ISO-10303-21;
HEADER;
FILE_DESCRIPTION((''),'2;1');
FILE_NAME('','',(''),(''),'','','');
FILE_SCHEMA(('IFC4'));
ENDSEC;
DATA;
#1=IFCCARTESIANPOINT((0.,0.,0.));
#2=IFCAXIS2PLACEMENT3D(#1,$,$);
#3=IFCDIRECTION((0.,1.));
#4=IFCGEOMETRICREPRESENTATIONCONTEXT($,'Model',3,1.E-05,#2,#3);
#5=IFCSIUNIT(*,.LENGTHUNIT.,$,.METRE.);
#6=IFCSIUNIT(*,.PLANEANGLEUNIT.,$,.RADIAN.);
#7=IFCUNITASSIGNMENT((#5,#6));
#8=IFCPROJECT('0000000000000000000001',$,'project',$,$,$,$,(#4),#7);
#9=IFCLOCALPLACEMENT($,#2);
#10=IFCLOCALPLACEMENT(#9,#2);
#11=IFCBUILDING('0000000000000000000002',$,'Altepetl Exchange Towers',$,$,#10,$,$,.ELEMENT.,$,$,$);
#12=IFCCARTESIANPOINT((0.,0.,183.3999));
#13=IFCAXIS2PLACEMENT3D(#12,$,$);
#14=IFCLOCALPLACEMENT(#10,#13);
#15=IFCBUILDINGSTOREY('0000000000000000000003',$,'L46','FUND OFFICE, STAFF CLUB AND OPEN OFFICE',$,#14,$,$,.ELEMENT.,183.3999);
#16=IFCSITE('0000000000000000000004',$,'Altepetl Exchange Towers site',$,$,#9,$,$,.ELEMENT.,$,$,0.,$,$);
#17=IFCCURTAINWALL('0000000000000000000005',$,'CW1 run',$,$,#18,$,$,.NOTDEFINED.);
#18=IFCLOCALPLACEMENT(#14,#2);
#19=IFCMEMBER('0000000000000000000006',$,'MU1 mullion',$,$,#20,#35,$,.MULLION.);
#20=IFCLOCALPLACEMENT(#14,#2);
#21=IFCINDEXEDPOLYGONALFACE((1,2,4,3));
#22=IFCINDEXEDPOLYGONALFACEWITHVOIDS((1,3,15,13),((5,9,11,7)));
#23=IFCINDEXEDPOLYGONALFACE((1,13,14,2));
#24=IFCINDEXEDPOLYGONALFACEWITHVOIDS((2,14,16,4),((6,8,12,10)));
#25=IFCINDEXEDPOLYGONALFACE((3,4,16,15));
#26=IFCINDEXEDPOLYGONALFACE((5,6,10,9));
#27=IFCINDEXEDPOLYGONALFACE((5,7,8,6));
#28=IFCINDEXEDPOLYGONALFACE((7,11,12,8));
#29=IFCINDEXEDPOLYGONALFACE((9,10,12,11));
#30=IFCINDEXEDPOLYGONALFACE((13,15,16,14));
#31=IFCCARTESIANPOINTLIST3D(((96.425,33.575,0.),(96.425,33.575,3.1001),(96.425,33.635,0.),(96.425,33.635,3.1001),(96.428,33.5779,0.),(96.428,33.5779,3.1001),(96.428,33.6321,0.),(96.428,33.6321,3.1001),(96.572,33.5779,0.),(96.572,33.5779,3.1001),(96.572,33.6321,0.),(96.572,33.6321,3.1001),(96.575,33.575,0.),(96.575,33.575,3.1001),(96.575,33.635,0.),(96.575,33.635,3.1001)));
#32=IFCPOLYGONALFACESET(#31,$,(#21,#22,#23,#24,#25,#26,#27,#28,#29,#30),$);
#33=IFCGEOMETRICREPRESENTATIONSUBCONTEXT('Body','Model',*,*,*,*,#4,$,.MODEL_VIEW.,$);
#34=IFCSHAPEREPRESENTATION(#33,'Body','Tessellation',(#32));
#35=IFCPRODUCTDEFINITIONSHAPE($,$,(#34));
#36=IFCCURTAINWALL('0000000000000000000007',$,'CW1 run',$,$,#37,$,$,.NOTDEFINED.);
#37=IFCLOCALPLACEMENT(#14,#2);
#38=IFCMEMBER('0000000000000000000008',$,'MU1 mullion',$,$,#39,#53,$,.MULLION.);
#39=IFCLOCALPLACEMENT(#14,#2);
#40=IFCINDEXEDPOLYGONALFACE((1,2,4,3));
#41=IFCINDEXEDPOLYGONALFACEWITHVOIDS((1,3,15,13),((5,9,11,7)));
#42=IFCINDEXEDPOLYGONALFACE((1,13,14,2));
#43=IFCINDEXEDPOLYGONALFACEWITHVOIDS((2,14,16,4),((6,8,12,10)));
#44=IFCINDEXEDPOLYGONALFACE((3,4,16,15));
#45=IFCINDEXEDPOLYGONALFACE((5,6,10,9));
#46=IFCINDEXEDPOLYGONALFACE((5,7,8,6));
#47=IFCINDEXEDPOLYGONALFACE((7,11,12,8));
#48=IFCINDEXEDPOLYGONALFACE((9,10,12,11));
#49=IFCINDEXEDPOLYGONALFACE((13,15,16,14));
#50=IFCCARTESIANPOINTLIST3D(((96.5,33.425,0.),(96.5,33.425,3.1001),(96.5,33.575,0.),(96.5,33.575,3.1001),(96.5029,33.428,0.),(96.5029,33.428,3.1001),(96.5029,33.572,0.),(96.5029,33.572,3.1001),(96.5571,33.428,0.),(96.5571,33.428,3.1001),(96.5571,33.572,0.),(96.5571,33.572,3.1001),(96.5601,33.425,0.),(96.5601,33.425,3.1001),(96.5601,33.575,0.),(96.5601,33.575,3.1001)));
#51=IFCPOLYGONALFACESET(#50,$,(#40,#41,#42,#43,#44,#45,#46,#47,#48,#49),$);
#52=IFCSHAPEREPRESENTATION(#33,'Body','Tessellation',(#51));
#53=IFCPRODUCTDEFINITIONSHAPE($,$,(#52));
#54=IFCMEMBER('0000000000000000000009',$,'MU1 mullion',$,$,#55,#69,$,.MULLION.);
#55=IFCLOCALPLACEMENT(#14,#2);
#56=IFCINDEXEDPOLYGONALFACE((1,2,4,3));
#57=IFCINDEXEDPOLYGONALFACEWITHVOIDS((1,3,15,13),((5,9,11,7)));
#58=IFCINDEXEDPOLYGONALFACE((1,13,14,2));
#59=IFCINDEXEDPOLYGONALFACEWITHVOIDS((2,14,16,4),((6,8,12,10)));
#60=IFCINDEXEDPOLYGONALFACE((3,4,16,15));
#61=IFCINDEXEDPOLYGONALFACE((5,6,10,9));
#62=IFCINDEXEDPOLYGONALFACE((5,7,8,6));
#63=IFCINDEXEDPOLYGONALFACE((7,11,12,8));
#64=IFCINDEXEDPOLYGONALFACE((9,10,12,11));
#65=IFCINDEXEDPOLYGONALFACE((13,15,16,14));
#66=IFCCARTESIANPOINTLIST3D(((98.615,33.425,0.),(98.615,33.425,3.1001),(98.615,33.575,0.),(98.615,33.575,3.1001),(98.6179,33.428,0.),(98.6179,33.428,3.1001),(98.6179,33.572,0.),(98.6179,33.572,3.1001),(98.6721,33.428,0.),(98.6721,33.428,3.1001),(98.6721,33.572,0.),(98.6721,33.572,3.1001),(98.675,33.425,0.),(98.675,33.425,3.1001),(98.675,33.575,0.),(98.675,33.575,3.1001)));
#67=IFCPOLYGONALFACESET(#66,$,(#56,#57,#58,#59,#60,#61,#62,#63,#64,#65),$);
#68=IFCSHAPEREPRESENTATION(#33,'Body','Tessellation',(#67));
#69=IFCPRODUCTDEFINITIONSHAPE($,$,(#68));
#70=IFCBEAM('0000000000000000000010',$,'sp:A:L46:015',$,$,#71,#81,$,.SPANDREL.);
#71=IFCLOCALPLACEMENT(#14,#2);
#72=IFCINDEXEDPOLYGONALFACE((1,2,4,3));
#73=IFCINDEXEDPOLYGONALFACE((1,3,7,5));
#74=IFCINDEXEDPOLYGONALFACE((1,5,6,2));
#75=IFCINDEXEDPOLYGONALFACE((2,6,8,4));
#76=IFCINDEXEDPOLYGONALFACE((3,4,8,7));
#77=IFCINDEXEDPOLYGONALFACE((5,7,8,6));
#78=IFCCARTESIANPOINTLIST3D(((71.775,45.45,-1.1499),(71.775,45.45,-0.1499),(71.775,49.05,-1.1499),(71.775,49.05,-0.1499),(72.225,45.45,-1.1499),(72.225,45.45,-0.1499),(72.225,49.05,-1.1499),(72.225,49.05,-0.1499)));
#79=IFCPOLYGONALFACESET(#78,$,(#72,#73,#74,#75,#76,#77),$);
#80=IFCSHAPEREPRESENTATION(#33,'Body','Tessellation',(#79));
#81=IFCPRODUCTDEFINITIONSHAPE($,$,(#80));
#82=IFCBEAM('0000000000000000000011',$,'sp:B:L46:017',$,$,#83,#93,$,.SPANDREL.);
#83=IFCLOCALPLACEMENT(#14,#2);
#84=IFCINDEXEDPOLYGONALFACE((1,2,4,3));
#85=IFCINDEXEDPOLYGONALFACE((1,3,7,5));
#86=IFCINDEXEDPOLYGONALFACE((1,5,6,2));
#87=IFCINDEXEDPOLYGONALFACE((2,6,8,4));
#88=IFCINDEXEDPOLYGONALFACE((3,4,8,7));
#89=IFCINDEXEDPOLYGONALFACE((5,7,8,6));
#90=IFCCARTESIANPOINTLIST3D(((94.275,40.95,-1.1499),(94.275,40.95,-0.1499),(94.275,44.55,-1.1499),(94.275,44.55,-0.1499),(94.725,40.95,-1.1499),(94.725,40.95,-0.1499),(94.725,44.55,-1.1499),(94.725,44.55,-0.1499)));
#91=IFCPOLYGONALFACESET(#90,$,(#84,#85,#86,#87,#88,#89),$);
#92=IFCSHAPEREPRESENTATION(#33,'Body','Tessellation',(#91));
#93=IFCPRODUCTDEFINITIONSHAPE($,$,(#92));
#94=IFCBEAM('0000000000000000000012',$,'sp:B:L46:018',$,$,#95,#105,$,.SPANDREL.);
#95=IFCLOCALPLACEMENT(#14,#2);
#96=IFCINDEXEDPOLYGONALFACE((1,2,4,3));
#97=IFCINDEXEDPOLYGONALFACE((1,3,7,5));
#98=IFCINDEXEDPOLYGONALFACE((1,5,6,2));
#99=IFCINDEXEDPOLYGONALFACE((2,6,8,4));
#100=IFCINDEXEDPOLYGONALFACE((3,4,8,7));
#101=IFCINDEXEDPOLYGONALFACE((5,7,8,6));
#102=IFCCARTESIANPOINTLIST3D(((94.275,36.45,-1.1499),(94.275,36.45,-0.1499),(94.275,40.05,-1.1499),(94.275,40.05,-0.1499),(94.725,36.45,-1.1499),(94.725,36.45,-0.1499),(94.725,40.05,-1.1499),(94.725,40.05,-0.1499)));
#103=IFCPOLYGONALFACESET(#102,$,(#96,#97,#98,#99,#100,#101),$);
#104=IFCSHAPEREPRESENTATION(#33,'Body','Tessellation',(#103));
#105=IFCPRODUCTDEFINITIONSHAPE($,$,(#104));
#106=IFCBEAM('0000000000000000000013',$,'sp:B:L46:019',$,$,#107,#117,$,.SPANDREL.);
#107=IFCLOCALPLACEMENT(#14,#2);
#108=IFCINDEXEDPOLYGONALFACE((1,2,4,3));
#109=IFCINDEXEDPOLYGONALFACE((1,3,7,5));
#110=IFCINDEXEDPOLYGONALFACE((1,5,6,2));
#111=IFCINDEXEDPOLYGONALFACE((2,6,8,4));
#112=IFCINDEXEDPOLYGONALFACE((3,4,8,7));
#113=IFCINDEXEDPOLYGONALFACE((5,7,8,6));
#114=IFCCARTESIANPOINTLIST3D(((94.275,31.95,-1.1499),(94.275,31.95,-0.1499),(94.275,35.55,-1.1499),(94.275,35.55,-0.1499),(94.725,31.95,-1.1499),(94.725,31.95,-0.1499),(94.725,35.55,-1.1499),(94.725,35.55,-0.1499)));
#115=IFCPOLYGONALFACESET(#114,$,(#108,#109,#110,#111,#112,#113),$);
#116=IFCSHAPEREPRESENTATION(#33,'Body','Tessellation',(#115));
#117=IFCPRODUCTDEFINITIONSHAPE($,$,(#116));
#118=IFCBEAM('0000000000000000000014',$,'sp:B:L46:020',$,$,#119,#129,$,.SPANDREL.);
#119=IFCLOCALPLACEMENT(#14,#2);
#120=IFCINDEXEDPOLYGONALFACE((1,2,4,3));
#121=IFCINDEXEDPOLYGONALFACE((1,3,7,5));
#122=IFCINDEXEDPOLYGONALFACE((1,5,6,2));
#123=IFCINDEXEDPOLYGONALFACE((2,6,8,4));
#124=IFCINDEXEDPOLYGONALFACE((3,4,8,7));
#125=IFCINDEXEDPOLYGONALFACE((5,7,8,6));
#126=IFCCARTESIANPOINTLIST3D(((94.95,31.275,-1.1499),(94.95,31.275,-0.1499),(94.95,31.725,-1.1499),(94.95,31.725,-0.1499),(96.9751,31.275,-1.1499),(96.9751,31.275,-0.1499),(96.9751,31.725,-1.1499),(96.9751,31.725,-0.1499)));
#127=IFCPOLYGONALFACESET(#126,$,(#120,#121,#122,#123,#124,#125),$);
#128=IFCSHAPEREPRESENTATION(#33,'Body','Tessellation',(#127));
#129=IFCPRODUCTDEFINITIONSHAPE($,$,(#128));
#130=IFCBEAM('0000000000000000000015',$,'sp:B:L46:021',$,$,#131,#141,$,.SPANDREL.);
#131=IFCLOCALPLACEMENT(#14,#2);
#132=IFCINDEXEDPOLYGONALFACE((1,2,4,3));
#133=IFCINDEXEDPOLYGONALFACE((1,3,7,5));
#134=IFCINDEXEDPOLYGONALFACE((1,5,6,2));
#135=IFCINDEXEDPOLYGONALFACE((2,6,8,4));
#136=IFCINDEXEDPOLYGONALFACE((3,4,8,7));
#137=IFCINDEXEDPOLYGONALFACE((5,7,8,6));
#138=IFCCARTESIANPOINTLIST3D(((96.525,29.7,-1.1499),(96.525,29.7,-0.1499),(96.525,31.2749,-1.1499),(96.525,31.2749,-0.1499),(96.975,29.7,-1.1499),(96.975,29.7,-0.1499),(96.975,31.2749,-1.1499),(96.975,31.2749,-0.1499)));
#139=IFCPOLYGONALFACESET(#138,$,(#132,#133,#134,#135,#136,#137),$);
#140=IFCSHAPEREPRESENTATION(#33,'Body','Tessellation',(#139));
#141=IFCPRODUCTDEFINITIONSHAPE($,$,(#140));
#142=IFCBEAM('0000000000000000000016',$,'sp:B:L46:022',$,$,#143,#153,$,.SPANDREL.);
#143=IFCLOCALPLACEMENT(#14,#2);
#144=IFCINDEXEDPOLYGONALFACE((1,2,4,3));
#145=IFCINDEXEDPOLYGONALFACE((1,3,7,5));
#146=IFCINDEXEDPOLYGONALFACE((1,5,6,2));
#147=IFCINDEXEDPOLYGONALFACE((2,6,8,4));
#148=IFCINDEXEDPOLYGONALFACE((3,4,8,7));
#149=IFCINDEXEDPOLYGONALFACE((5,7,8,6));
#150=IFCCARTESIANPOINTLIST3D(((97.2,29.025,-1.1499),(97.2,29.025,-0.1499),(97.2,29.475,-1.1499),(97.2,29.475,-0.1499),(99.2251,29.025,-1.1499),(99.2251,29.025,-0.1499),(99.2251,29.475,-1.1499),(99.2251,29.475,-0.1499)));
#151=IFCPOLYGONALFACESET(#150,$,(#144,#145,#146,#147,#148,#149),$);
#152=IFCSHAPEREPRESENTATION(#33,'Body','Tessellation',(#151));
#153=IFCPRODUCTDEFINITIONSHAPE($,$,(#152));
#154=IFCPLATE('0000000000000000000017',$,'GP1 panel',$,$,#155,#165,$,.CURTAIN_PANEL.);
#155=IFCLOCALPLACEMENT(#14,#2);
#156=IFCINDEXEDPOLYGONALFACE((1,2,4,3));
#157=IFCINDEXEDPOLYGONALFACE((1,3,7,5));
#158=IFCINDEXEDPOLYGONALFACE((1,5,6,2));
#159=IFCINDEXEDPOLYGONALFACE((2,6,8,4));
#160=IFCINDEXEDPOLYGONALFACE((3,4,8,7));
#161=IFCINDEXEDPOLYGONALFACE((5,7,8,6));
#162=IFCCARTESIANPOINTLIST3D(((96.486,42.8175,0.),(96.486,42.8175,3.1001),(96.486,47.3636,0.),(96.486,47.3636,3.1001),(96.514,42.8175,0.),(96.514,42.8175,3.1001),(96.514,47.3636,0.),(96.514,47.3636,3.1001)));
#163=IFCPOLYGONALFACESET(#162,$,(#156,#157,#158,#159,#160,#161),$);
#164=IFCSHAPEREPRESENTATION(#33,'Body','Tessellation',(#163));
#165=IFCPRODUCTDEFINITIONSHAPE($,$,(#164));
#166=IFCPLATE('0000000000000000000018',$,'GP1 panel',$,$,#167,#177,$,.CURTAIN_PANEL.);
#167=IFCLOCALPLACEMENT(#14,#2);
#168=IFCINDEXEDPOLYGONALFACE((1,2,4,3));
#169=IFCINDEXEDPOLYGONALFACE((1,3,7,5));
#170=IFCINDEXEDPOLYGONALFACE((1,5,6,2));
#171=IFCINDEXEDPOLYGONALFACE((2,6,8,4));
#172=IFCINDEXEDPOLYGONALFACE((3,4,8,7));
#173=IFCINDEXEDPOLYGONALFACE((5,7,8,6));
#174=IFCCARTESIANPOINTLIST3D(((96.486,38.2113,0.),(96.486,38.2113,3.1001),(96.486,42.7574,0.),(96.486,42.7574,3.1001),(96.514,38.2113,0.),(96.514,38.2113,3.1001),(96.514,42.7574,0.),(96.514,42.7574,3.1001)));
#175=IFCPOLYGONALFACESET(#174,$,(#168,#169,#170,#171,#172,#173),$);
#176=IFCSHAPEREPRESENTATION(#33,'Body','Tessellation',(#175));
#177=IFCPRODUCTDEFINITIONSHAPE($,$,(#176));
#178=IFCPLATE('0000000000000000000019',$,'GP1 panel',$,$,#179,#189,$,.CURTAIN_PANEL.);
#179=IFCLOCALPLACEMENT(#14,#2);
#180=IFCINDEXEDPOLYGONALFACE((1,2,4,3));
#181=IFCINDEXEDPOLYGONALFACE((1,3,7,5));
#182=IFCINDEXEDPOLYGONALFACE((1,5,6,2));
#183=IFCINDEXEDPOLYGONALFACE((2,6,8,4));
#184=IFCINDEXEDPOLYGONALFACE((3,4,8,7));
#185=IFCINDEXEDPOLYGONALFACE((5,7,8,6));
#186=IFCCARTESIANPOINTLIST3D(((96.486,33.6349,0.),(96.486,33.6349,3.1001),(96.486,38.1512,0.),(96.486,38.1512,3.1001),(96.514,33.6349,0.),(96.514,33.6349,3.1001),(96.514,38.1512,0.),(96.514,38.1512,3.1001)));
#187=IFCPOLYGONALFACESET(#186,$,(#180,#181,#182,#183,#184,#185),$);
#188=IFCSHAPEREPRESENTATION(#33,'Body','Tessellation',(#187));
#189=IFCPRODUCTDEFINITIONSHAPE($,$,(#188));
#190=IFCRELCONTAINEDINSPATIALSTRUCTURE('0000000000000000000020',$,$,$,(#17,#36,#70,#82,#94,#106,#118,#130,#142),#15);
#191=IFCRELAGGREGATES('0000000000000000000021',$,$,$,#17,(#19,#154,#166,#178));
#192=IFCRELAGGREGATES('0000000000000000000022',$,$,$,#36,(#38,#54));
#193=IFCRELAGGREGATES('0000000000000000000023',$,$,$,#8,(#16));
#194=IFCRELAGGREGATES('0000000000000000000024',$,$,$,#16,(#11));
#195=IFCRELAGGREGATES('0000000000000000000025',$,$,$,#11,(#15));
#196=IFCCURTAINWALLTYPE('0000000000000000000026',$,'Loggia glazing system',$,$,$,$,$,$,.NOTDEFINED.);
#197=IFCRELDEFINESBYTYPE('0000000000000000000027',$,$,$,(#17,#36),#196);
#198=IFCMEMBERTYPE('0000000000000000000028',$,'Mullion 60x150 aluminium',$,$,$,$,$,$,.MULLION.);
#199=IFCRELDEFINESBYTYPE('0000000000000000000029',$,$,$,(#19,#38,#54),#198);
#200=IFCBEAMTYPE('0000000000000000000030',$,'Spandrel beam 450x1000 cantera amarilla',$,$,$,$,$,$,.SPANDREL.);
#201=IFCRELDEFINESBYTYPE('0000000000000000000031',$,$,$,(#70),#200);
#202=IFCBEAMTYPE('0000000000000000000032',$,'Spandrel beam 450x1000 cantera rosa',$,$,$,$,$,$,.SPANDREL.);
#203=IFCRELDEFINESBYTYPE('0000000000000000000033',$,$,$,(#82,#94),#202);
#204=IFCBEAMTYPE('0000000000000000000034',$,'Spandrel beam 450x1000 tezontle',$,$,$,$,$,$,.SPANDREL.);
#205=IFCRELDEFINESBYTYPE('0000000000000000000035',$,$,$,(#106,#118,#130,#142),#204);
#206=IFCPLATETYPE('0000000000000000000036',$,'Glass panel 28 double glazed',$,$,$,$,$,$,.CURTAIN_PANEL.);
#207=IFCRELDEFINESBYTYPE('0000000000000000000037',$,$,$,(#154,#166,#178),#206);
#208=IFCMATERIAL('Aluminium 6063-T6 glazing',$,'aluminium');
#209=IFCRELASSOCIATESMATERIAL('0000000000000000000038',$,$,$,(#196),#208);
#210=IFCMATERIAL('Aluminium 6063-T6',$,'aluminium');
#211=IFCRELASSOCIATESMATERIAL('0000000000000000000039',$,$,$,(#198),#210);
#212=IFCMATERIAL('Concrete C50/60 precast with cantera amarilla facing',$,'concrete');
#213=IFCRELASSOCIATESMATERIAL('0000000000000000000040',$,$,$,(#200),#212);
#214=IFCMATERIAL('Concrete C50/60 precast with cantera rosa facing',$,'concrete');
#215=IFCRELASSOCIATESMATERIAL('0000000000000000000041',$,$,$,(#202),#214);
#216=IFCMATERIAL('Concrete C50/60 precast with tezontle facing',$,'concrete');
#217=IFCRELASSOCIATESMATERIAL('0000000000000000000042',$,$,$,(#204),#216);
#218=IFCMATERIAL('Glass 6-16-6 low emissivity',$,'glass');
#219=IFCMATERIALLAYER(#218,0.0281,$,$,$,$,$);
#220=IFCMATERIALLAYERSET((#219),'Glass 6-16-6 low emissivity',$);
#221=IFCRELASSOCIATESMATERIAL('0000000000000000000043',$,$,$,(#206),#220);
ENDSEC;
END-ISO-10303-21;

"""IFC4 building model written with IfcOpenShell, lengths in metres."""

from ifc_helpers import new_model, si_unit, direction, frame, origin, origin_2d, place, context, subcontext, project, spatial, rectangle, hollow_rectangle, extrude, material, layer, layer_set, material_profile, profile_set, type_object, element, aggregate, save


model = new_model("IFC4")

# Units and contexts
model_context = context("Model", 3, precision=1e-05, world=origin(), true_north=direction((0.0, 1.0)))
body_context = subcontext(model_context, "Body", "Model", "MODEL_VIEW")
ifc_project = project(units=[si_unit("LENGTHUNIT", "METRE"), si_unit("PLANEANGLEUNIT", "RADIAN")], contexts=[model_context])

# Site, building, storey
site_placement = place(None, origin())
site = spatial("IfcSite", under=ifc_project, at=site_placement, Name="Altepetl Exchange Towers site", CompositionType="ELEMENT", RefElevation=0.0)
building_placement = place(site_placement, origin())
building = spatial("IfcBuilding", under=site, at=building_placement, Name="Altepetl Exchange Towers", CompositionType="ELEMENT")
storey_placement = place(building_placement, frame((0.0, 0.0, 183.3999)))
storey = spatial("IfcBuildingStorey", under=building, at=storey_placement, Name="L46", Description="FUND OFFICE, STAFF CLUB AND OPEN OFFICE", CompositionType="ELEMENT", Elevation=183.3999)

# Curtain walls, members
ifc_material_1 = material(Name="Aluminium 6063-T6 glazing", Category="aluminium")
curtain_wall_type = type_object("IfcCurtainWallType", Name="Loggia glazing system", PredefinedType="NOTDEFINED", material=ifc_material_1)
curtain_wall_1_placement = place(storey_placement, origin())
curtain_wall_1 = element("IfcCurtainWall", 1, at=curtain_wall_1_placement, inside=storey, type_object=curtain_wall_type, Name="CW1 run", PredefinedType="NOTDEFINED")
ifc_material_2 = material(Name="Aluminium 6063-T6", Category="aluminium")
ifc_material_profile_1 = material_profile(ifc_material_2, hollow_rectangle(XDim=0.0601, YDim=0.1499, WallThickness=0.0029, at=origin_2d()), Name="Mullion 60x150 aluminium")
ifc_profile_set_1 = profile_set([ifc_material_profile_1], Name="Aluminium 6063-T6")
member_type = type_object("IfcMemberType", Name="Mullion 60x150 aluminium", PredefinedType="MULLION", material=ifc_profile_set_1)
member_1_placement = place(storey_placement, frame((96.5, 33.605, 0.0), z_axis=(0.0, 0.0, 1.0), x_axis=(0.0, -1.0, 0.0)))
member_1 = element("IfcMember", 2, at=member_1_placement, type_object=member_type, Name="MU1 mullion", PredefinedType="MULLION", context=body_context, shape_type="SweptSolid", body=[
    extrude(hollow_rectangle(XDim=0.0601, YDim=0.1499, WallThickness=0.0029, at=origin_2d()), origin(), (0.0, 0.0, 1.0), 3.1001),
])
curtain_wall_2_placement = place(storey_placement, origin())
curtain_wall_2 = element("IfcCurtainWall", 3, at=curtain_wall_2_placement, inside=storey, type_object=curtain_wall_type, Name="CW1 run", PredefinedType="NOTDEFINED")
member_2_placement = place(storey_placement, frame((96.53, 33.5, 0.0)))
member_2 = element("IfcMember", 4, at=member_2_placement, type_object=member_type, Name="MU1 mullion", PredefinedType="MULLION", context=body_context, shape_type="SweptSolid", body=[
    extrude(hollow_rectangle(XDim=0.0601, YDim=0.1499, WallThickness=0.0029, at=origin_2d()), origin(), (0.0, 0.0, 1.0), 3.1001),
])
member_3_placement = place(storey_placement, frame((98.645, 33.5, 0.0)))
member_3 = element("IfcMember", 5, at=member_3_placement, type_object=member_type, Name="MU1 mullion", PredefinedType="MULLION", context=body_context, shape_type="SweptSolid", body=[
    extrude(hollow_rectangle(XDim=0.0601, YDim=0.1499, WallThickness=0.0029, at=origin_2d()), origin(), (0.0, 0.0, 1.0), 3.1001),
])

# Beams
ifc_material_3 = material(Name="Concrete C50/60 precast with cantera amarilla facing", Category="concrete")
ifc_material_profile_2 = material_profile(ifc_material_3, rectangle(XDim=0.45, YDim=1.0, at=origin_2d()), Name="450 x 1000")
ifc_profile_set_2 = profile_set([ifc_material_profile_2], Name="Concrete C50/60 precast with cantera amarilla facing")
beam_type_1 = type_object("IfcBeamType", Name="Spandrel beam 450x1000 cantera amarilla", PredefinedType="SPANDREL", material=ifc_profile_set_2)
beam_1_placement = place(storey_placement, frame((72.0, 45.45, -0.6499), z_axis=(0.0, 1.0, 0.0), x_axis=(-1.0, 0.0, 0.0)))
element("IfcBeam", 6, at=beam_1_placement, inside=storey, type_object=beam_type_1, Name="sp:A:L46:015", PredefinedType="SPANDREL", context=body_context, shape_type="SweptSolid", body=[
    extrude(rectangle(XDim=0.45, YDim=1.0, at=origin_2d()), origin(), (0.0, 0.0, 1.0), 3.6001),
])
ifc_material_4 = material(Name="Concrete C50/60 precast with cantera rosa facing", Category="concrete")
ifc_material_profile_3 = material_profile(ifc_material_4, rectangle(XDim=0.45, YDim=1.0, at=origin_2d()), Name="450 x 1000")
ifc_profile_set_3 = profile_set([ifc_material_profile_3], Name="Concrete C50/60 precast with cantera rosa facing")
beam_type_2 = type_object("IfcBeamType", Name="Spandrel beam 450x1000 cantera rosa", PredefinedType="SPANDREL", material=ifc_profile_set_3)
for number, where, z_axis, x_axis, name in (
    (7, (94.5, 44.55, -0.6499), (0.0, -1.0, 0.0), (1.0, 0.0, 0.0), "sp:B:L46:017"),
    (8, (94.5, 40.05, -0.6499), (0.0, -1.0, 0.0), (1.0, 0.0, 0.0), "sp:B:L46:018"),
):
    element("IfcBeam", number, at=place(storey_placement, frame(where, z_axis=z_axis, x_axis=x_axis)), inside=storey, type_object=beam_type_2, Name=name, PredefinedType="SPANDREL", context=body_context, shape_type="SweptSolid", body=[
        extrude(rectangle(XDim=0.45, YDim=1.0, at=origin_2d()), origin(), (0.0, 0.0, 1.0), 3.6001),
    ])
ifc_material_5 = material(Name="Concrete C50/60 precast with tezontle facing", Category="concrete")
ifc_material_profile_4 = material_profile(ifc_material_5, rectangle(XDim=0.45, YDim=1.0, at=origin_2d()), Name="450 x 1000")
ifc_profile_set_4 = profile_set([ifc_material_profile_4], Name="Concrete C50/60 precast with tezontle facing")
beam_type_3 = type_object("IfcBeamType", Name="Spandrel beam 450x1000 tezontle", PredefinedType="SPANDREL", material=ifc_profile_set_4)
beam_2_placement = place(storey_placement, frame((94.5, 35.55, -0.6499), z_axis=(0.0, -1.0, 0.0), x_axis=(1.0, 0.0, 0.0)))
element("IfcBeam", 9, at=beam_2_placement, inside=storey, type_object=beam_type_3, Name="sp:B:L46:019", PredefinedType="SPANDREL", context=body_context, shape_type="SweptSolid", body=[
    extrude(rectangle(XDim=0.45, YDim=1.0, at=origin_2d()), origin(), (0.0, 0.0, 1.0), 3.6001),
])
beam_3_placement = place(storey_placement, frame((94.95, 31.5, -0.6499), z_axis=(1.0, 0.0, 0.0), x_axis=(0.0, 1.0, 0.0)))
element("IfcBeam", 10, at=beam_3_placement, inside=storey, type_object=beam_type_3, Name="sp:B:L46:020", PredefinedType="SPANDREL", context=body_context, shape_type="SweptSolid", body=[
    extrude(rectangle(XDim=0.45, YDim=1.0, at=origin_2d()), origin(), (0.0, 0.0, 1.0), 2.0251),
])
beam_4_placement = place(storey_placement, frame((96.75, 31.2749, -0.6499), z_axis=(0.0, -1.0, 0.0), x_axis=(1.0, 0.0, 0.0)))
element("IfcBeam", 11, at=beam_4_placement, inside=storey, type_object=beam_type_3, Name="sp:B:L46:021", PredefinedType="SPANDREL", context=body_context, shape_type="SweptSolid", body=[
    extrude(rectangle(XDim=0.45, YDim=1.0, at=origin_2d()), origin(), (0.0, 0.0, 1.0), 1.575),
])
beam_5_placement = place(storey_placement, frame((97.2, 29.25, -0.6499), z_axis=(1.0, 0.0, 0.0), x_axis=(0.0, 1.0, 0.0)))
element("IfcBeam", 12, at=beam_5_placement, inside=storey, type_object=beam_type_3, Name="sp:B:L46:022", PredefinedType="SPANDREL", context=body_context, shape_type="SweptSolid", body=[
    extrude(rectangle(XDim=0.45, YDim=1.0, at=origin_2d()), origin(), (0.0, 0.0, 1.0), 2.0251),
])

# Plates
ifc_material_6 = material(Name="Glass 6-16-6 low emissivity", Category="glass")
ifc_layer_1 = layer(ifc_material_6, 0.0281)
ifc_layer_set_1 = layer_set([ifc_layer_1], Name="Glass 6-16-6 low emissivity")
plate_type = type_object("IfcPlateType", Name="Glass panel 28 double glazed", PredefinedType="CURTAIN_PANEL", material=ifc_layer_set_1)
plate_1_placement = place(storey_placement, frame((96.5, 45.0906, 0.0), z_axis=(0.0, 0.0, 1.0), x_axis=(0.0, -1.0, 0.0)))
plate_1 = element("IfcPlate", 13, at=plate_1_placement, type_object=plate_type, Name="GP1 panel", PredefinedType="CURTAIN_PANEL", context=body_context, shape_type="SweptSolid", body=[
    extrude(rectangle(XDim=4.5461, YDim=0.0281, at=origin_2d()), origin(), (0.0, 0.0, 1.0), 3.1001),
])
plate_2_placement = place(storey_placement, frame((96.5, 40.4844, 0.0), z_axis=(0.0, 0.0, 1.0), x_axis=(0.0, -1.0, 0.0)))
plate_2 = element("IfcPlate", 14, at=plate_2_placement, type_object=plate_type, Name="GP1 panel", PredefinedType="CURTAIN_PANEL", context=body_context, shape_type="SweptSolid", body=[
    extrude(rectangle(XDim=4.5461, YDim=0.0281, at=origin_2d()), origin(), (0.0, 0.0, 1.0), 3.1001),
])
plate_3_placement = place(storey_placement, frame((96.5, 35.8931, 0.0), z_axis=(0.0, 0.0, 1.0), x_axis=(0.0, -1.0, 0.0)))
plate_3 = element("IfcPlate", 15, at=plate_3_placement, type_object=plate_type, Name="GP1 panel", PredefinedType="CURTAIN_PANEL", context=body_context, shape_type="SweptSolid", body=[
    extrude(rectangle(XDim=4.5164, YDim=0.0281, at=origin_2d()), origin(), (0.0, 0.0, 1.0), 3.1001),
])
aggregate(curtain_wall_1, [member_1, plate_1, plate_2, plate_3])
aggregate(curtain_wall_2, [member_2, member_3])

save(model, "model.ifc")
